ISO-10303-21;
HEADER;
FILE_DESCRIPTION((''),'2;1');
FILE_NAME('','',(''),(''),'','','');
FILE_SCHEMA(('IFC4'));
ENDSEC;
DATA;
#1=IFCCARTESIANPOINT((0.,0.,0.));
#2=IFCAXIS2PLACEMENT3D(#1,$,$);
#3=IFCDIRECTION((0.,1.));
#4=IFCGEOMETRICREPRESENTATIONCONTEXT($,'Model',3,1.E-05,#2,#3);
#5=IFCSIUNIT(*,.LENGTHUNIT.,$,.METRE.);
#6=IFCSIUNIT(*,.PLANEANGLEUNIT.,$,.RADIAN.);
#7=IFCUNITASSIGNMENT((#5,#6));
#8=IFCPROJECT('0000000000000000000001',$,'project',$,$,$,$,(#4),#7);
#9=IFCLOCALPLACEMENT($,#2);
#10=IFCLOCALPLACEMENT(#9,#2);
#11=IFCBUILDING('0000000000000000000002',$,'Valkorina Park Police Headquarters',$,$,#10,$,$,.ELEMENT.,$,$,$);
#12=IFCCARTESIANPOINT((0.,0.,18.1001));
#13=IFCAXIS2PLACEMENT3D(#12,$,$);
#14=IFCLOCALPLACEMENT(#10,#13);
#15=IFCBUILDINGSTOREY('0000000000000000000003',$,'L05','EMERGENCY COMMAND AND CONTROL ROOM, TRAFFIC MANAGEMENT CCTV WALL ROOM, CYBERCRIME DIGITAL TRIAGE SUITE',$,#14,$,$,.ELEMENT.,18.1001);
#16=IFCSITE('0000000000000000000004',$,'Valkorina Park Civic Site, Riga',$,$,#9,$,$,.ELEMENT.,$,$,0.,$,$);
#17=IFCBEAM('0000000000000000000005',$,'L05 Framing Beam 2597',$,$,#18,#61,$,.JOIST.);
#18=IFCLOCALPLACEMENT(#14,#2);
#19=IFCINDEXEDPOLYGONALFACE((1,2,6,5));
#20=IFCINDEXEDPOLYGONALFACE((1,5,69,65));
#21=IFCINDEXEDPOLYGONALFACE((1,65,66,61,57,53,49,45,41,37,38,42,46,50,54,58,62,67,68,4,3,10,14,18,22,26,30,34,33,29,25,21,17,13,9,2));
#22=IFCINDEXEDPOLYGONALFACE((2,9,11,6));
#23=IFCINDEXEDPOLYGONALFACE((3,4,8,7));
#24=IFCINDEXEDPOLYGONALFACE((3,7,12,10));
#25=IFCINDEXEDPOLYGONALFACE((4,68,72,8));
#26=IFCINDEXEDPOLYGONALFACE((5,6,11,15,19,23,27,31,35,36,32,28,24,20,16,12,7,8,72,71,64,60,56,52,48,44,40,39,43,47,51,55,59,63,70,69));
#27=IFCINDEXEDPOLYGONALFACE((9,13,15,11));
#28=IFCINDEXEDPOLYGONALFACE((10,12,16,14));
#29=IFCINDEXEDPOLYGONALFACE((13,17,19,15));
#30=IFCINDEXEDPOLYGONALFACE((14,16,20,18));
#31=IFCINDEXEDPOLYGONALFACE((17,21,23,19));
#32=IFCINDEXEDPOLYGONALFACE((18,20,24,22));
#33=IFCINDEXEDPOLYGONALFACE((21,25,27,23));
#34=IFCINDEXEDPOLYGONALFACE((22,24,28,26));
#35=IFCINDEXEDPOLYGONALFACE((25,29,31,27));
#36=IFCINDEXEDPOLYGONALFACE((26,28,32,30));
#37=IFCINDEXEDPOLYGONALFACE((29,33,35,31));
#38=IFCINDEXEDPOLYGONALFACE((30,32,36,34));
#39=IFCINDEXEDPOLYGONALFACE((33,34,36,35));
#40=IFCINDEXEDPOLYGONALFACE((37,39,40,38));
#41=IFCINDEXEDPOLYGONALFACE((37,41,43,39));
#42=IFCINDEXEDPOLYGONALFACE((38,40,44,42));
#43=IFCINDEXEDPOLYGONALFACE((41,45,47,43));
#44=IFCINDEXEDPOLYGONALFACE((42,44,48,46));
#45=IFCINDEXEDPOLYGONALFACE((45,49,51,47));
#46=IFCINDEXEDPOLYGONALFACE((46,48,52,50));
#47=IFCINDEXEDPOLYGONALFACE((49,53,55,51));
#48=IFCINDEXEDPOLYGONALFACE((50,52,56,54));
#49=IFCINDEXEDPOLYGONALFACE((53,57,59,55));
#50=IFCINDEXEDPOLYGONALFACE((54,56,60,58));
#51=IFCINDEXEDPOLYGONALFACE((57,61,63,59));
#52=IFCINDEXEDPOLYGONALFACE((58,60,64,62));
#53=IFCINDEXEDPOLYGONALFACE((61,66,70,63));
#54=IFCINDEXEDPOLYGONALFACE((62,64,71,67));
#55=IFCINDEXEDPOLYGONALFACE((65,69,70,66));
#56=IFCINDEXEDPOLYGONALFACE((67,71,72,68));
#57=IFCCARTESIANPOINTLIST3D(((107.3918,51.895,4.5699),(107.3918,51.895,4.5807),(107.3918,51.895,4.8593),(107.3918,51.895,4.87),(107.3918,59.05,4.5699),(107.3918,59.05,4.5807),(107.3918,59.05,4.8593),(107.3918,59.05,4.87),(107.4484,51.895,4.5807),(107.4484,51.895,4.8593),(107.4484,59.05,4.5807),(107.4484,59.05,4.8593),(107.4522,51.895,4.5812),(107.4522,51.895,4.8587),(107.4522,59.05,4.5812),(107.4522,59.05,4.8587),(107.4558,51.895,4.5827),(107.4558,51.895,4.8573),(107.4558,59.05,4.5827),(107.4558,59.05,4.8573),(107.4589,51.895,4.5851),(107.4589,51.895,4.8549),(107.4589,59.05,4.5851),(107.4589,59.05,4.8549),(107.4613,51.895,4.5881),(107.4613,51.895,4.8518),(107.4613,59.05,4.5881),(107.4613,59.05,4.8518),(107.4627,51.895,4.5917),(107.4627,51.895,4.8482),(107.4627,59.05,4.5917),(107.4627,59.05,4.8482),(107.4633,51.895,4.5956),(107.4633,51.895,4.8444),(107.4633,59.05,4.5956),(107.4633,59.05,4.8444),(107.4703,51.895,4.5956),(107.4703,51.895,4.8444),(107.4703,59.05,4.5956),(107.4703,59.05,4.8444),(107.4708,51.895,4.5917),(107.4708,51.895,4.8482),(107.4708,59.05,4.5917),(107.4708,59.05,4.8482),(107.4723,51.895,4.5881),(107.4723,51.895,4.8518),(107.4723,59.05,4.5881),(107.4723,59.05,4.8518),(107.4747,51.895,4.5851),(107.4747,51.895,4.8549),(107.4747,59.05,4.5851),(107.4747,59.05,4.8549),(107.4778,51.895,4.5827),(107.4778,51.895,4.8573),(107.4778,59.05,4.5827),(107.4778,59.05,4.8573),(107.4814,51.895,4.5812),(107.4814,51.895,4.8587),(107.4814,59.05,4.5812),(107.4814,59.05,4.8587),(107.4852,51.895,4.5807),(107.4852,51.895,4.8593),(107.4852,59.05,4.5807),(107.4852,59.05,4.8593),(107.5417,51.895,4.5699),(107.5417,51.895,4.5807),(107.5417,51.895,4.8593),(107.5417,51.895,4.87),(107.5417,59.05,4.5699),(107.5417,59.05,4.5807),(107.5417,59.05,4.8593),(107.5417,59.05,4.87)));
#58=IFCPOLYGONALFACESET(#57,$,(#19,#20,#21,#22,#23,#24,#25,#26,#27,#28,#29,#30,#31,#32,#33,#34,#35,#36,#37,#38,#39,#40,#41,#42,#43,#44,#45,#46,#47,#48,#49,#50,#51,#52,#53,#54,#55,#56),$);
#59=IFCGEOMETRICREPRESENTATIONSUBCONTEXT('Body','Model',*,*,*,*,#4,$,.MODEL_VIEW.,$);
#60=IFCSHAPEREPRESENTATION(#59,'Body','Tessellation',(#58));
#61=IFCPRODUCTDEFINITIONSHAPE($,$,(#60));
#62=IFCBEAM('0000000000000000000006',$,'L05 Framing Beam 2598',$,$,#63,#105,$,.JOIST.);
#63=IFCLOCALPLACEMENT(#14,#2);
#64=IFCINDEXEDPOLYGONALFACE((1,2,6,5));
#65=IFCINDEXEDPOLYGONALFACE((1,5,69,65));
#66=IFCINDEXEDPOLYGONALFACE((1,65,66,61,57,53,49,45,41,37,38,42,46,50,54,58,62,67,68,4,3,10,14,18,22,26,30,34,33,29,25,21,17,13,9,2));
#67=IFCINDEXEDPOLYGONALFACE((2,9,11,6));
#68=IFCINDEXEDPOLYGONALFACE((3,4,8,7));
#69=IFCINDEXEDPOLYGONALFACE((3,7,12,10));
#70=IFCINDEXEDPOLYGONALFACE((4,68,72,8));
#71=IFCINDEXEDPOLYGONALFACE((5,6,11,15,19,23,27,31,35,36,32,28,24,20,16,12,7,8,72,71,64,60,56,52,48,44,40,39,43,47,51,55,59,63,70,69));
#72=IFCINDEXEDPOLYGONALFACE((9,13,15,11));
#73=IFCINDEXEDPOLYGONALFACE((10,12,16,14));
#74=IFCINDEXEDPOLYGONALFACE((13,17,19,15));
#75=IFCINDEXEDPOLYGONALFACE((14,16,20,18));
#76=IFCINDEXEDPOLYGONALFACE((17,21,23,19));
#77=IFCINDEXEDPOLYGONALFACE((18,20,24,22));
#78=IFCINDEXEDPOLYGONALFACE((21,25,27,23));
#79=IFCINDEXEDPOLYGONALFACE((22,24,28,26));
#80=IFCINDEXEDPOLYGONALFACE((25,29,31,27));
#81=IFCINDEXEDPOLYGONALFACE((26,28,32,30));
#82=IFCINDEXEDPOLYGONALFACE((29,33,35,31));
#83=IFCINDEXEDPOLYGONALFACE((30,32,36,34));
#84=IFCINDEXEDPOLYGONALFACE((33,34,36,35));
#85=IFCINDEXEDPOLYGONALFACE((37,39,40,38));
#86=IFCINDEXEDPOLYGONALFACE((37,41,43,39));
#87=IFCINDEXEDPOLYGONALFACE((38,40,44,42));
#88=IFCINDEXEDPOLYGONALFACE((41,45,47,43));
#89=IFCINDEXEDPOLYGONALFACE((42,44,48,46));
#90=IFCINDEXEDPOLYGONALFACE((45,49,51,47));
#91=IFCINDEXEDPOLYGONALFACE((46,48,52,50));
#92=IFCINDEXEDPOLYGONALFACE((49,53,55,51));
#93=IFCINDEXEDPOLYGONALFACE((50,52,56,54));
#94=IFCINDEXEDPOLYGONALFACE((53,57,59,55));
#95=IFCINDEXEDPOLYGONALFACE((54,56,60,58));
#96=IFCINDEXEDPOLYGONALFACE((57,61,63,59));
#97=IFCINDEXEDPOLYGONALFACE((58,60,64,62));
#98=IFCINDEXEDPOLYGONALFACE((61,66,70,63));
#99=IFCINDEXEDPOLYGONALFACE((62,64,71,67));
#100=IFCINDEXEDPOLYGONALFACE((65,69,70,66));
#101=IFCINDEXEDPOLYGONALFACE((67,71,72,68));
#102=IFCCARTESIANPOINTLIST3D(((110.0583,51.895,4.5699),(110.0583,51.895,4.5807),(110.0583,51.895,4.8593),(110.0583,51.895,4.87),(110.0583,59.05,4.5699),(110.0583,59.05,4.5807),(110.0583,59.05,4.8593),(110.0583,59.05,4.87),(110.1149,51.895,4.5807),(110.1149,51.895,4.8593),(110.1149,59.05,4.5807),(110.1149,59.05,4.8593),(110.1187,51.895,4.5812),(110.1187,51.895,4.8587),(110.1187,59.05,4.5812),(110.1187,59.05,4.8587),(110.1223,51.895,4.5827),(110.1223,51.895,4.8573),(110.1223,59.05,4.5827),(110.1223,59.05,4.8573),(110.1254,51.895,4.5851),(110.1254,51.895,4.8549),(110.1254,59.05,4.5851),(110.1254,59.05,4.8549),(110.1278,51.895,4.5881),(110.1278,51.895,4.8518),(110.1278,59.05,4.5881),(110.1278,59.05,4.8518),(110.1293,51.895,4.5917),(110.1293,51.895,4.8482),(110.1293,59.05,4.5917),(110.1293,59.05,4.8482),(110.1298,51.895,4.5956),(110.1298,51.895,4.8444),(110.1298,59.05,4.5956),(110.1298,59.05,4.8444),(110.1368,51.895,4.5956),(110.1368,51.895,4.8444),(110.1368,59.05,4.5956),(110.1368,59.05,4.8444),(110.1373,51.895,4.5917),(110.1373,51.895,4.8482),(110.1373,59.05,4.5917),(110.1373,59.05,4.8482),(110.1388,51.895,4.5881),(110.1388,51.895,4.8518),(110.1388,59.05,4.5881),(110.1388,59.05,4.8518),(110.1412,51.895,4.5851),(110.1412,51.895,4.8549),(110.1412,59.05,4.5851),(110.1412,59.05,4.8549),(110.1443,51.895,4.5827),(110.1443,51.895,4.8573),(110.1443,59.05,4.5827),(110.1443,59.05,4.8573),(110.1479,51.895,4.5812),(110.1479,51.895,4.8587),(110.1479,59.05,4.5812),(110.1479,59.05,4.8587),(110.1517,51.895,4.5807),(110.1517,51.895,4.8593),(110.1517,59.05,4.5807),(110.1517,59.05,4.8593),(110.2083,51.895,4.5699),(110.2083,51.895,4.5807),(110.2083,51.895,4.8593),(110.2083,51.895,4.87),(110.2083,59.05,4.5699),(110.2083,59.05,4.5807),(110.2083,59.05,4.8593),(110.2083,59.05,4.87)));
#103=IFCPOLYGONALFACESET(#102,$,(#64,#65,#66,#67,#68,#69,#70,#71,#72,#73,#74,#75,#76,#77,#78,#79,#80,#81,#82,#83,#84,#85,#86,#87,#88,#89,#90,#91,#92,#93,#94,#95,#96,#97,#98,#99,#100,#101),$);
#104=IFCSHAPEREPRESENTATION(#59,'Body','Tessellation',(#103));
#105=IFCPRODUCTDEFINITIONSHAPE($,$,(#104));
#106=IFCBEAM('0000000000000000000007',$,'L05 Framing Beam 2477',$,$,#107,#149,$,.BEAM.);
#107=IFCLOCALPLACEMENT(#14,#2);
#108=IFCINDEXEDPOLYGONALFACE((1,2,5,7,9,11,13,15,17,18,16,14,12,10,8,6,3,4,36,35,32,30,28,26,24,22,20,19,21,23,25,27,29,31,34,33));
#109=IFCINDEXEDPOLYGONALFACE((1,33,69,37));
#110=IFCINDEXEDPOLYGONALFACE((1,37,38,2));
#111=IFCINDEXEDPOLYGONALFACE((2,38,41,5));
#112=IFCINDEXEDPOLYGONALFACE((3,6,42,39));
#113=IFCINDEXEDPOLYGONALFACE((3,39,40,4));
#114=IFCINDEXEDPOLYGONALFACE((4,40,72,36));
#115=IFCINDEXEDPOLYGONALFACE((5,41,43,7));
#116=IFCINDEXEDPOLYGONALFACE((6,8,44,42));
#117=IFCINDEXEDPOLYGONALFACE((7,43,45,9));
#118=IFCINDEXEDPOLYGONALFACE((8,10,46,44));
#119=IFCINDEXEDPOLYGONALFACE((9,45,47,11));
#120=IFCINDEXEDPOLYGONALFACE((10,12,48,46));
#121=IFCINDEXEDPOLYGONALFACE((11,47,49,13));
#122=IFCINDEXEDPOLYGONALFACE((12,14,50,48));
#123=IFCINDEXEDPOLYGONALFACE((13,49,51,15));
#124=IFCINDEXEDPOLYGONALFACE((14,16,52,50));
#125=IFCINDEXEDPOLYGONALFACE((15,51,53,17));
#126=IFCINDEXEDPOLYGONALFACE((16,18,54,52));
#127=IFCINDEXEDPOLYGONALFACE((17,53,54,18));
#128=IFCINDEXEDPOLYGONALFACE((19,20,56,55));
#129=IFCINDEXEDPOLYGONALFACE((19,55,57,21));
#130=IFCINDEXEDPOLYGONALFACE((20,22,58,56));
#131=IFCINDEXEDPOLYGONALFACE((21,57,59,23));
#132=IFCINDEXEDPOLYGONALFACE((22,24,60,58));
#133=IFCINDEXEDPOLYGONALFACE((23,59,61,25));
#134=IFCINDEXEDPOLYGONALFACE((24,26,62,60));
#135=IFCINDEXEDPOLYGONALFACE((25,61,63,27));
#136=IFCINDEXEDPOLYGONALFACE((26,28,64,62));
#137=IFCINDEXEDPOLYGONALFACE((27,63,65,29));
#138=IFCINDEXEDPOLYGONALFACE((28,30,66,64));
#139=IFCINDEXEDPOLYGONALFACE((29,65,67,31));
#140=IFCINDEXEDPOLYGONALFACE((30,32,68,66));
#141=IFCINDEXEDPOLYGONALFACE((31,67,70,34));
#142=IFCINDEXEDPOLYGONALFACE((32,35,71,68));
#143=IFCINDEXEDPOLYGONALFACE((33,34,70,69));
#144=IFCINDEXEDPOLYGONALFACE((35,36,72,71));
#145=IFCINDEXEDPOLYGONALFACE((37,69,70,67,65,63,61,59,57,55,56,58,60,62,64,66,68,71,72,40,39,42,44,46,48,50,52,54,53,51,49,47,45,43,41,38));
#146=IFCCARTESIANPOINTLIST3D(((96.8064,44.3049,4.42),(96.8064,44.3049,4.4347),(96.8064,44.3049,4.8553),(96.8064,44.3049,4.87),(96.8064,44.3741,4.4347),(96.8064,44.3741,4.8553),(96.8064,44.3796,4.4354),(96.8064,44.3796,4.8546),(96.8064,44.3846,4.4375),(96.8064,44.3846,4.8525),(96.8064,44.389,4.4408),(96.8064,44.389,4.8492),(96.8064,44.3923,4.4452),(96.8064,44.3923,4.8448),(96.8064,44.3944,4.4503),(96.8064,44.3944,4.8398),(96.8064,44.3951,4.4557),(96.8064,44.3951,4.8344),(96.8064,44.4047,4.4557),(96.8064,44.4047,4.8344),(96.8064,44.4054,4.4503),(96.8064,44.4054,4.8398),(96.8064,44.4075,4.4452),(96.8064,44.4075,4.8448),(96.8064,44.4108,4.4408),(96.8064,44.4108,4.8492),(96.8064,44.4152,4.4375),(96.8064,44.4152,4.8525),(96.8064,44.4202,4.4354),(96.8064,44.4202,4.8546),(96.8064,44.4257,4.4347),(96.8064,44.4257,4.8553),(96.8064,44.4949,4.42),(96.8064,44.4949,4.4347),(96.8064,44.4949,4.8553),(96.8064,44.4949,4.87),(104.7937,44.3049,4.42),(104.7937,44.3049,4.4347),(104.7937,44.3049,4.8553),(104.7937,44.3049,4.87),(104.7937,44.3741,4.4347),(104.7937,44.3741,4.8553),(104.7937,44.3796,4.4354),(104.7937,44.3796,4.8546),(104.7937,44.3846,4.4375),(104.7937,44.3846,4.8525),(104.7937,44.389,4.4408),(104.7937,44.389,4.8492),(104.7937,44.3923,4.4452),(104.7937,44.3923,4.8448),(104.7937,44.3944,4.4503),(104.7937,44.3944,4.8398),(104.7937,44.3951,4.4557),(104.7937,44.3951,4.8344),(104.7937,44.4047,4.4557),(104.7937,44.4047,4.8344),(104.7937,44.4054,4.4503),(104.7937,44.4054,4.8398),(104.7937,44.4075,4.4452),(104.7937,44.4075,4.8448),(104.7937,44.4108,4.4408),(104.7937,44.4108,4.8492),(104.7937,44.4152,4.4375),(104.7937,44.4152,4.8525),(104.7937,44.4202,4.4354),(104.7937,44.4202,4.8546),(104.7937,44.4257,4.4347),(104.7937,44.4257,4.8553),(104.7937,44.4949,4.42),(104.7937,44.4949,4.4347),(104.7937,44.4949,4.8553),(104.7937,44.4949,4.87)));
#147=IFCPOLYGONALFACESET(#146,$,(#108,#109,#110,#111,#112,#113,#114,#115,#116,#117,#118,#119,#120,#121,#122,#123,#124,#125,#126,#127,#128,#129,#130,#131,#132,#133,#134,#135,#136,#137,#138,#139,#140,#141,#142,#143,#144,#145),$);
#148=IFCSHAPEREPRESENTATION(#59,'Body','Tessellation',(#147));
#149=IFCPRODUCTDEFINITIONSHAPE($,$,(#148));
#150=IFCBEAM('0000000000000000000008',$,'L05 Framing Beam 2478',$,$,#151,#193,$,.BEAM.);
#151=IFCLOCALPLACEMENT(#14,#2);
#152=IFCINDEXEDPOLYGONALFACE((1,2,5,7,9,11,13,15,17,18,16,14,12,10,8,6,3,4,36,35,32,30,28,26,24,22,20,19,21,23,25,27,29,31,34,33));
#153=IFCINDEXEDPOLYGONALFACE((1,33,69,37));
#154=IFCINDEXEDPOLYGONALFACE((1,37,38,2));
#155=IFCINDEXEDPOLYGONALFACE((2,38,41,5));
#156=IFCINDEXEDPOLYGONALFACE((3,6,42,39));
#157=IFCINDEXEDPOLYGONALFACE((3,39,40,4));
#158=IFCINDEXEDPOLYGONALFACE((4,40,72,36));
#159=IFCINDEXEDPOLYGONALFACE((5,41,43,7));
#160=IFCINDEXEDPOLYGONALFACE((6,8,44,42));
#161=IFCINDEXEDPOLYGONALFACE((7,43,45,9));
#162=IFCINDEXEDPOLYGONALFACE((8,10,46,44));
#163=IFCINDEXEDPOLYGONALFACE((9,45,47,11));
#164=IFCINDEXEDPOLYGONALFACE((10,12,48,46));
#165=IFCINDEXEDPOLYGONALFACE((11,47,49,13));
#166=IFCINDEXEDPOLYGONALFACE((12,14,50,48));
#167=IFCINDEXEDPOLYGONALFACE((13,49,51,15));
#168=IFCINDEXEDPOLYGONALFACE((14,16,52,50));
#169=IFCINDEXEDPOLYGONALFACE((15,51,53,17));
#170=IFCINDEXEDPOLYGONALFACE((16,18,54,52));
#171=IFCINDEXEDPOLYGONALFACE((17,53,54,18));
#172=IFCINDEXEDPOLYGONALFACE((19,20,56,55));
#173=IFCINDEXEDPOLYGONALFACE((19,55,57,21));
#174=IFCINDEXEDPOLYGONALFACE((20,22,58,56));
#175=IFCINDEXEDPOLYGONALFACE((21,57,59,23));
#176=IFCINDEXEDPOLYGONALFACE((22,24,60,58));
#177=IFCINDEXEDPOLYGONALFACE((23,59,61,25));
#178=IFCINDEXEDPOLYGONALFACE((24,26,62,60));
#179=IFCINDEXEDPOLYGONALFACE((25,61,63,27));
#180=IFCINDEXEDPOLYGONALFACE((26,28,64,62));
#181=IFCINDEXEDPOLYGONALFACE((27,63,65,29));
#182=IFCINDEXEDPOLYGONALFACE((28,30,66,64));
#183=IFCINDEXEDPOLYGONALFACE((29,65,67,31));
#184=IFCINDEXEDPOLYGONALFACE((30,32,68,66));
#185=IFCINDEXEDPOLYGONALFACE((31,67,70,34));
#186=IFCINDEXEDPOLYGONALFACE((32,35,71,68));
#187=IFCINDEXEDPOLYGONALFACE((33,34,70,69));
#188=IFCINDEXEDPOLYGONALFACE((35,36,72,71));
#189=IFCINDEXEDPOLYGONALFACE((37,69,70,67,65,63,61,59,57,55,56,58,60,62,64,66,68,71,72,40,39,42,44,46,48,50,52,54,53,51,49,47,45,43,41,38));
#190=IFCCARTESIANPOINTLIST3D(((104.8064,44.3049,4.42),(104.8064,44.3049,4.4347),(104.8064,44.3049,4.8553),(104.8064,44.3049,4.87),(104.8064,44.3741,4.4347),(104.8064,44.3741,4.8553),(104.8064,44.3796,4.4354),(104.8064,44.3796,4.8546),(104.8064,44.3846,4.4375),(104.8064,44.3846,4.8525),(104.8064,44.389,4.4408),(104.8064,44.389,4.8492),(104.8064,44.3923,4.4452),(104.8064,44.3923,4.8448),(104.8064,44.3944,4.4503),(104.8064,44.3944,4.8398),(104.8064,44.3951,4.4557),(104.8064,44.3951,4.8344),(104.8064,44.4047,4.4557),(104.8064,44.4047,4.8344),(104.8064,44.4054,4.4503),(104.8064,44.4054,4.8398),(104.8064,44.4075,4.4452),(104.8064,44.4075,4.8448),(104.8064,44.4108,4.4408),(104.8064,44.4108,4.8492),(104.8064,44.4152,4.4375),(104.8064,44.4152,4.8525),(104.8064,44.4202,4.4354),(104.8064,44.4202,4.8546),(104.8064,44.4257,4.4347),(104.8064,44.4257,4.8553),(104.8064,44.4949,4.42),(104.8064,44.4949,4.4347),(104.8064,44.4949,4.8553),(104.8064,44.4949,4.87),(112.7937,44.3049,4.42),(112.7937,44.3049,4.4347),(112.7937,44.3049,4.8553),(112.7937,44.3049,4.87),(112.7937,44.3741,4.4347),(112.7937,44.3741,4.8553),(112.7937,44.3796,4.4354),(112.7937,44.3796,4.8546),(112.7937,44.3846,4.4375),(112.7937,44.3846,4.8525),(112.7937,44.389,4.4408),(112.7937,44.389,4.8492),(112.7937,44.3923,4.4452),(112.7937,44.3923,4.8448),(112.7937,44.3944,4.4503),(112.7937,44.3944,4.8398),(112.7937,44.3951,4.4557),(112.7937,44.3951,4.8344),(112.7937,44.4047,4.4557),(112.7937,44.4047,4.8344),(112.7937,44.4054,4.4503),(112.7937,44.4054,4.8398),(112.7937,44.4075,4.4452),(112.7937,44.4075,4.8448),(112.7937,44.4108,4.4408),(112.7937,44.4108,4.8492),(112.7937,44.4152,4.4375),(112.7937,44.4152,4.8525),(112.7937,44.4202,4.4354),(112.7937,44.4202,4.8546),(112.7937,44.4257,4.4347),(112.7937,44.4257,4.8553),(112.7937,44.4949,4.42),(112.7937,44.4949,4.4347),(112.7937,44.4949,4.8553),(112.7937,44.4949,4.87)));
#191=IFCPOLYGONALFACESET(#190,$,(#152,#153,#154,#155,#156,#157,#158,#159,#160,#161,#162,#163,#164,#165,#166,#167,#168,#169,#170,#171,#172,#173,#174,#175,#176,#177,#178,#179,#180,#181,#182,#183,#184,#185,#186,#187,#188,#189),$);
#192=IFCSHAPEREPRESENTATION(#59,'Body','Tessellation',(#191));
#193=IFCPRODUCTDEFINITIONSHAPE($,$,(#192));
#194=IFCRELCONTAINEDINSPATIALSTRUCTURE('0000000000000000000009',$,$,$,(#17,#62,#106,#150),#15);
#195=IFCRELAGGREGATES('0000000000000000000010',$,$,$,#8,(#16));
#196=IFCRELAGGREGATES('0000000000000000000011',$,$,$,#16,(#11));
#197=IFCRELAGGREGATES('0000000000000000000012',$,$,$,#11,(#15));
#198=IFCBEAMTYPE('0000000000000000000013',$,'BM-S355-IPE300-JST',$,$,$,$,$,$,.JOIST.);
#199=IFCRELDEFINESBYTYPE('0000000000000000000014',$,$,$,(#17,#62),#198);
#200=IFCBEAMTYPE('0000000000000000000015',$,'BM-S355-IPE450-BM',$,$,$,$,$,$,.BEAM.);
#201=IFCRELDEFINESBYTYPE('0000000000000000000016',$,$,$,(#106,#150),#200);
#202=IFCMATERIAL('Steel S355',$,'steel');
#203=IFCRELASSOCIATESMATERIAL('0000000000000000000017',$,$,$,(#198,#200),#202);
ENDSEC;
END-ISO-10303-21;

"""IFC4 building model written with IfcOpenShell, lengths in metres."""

from ifc_helpers import new_model, si_unit, direction, frame, origin, origin_2d, place, context, subcontext, project, spatial, i_section, extrude, material, material_profile, profile_set, type_object, element, save


model = new_model("IFC4")

# Units and contexts
model_context = context("Model", 3, precision=1e-05, world=origin(), true_north=direction((0.0, 1.0)))
body_context = subcontext(model_context, "Body", "Model", "MODEL_VIEW")
ifc_project = project(units=[si_unit("LENGTHUNIT", "METRE"), si_unit("PLANEANGLEUNIT", "RADIAN")], contexts=[model_context])

# Site, building, storey
site_placement = place(None, origin())
site = spatial("IfcSite", under=ifc_project, at=site_placement, Name="Valkorina Park Civic Site, Riga", CompositionType="ELEMENT", RefElevation=0.0)
building_placement = place(site_placement, origin())
building = spatial("IfcBuilding", under=site, at=building_placement, Name="Valkorina Park Police Headquarters", CompositionType="ELEMENT")
storey_placement = place(building_placement, frame((0.0, 0.0, 18.1001)))
storey = spatial("IfcBuildingStorey", under=building, at=storey_placement, Name="L05", Description="EMERGENCY COMMAND AND CONTROL ROOM, TRAFFIC MANAGEMENT CCTV WALL ROOM, CYBERCRIME DIGITAL TRIAGE SUITE", CompositionType="ELEMENT", Elevation=18.1001)

# Shared definitions
ifc_material_1 = material(Name="Steel S355", Category="steel")

# Beams
ifc_material_profile_1 = material_profile(ifc_material_1, i_section(OverallWidth=0.1499, OverallDepth=0.3, WebThickness=0.0071, FlangeThickness=0.0107, FilletRadius=0.0149, at=origin_2d()), Name="IPE 300")
ifc_profile_set_1 = profile_set([ifc_material_profile_1], Name="Steel S355")
beam_type_1 = type_object("IfcBeamType", Name="BM-S355-IPE300-JST", PredefinedType="JOIST", material=ifc_profile_set_1)
for number, where, z_axis, x_axis, name in (
    (1, (107.4668, 51.895, 4.72), (0.0, 1.0, 0.0), (-1.0, 0.0, 0.0), "L05 Framing Beam 2597"),
    (2, (110.1333, 51.895, 4.72), (0.0, 1.0, 0.0), (-1.0, 0.0, 0.0), "L05 Framing Beam 2598"),
):
    element("IfcBeam", number, at=place(storey_placement, frame(where, z_axis=z_axis, x_axis=x_axis)), inside=storey, type_object=beam_type_1, Name=name, PredefinedType="JOIST", context=body_context, shape_type="SweptSolid", body=[
        extrude(i_section(OverallWidth=0.1499, OverallDepth=0.3, WebThickness=0.0071, FlangeThickness=0.0107, FilletRadius=0.0149, at=origin_2d()), origin(), (0.0, 0.0, 1.0), 7.155),
    ])
ifc_material_profile_2 = material_profile(ifc_material_1, i_section(OverallWidth=0.1899, OverallDepth=0.45, WebThickness=0.0095, FlangeThickness=0.0146, FilletRadius=0.021, at=origin_2d()), Name="IPE 450")
ifc_profile_set_2 = profile_set([ifc_material_profile_2], Name="Steel S355")
beam_type_2 = type_object("IfcBeamType", Name="BM-S355-IPE450-BM", PredefinedType="BEAM", material=ifc_profile_set_2)
for number, where, z_axis, x_axis, name in (
    (3, (96.8064, 44.3999, 4.645), (1.0, 0.0, 0.0), (0.0, 1.0, 0.0), "L05 Framing Beam 2477"),
    (4, (104.8064, 44.3999, 4.645), (1.0, 0.0, 0.0), (0.0, 1.0, 0.0), "L05 Framing Beam 2478"),
):
    element("IfcBeam", number, at=place(storey_placement, frame(where, z_axis=z_axis, x_axis=x_axis)), inside=storey, type_object=beam_type_2, Name=name, PredefinedType="BEAM", context=body_context, shape_type="SweptSolid", body=[
        extrude(i_section(OverallWidth=0.1899, OverallDepth=0.45, WebThickness=0.0095, FlangeThickness=0.0146, FilletRadius=0.021, at=origin_2d()), origin(), (0.0, 0.0, 1.0), 7.9873),
    ])

save(model, "model.ifc")
